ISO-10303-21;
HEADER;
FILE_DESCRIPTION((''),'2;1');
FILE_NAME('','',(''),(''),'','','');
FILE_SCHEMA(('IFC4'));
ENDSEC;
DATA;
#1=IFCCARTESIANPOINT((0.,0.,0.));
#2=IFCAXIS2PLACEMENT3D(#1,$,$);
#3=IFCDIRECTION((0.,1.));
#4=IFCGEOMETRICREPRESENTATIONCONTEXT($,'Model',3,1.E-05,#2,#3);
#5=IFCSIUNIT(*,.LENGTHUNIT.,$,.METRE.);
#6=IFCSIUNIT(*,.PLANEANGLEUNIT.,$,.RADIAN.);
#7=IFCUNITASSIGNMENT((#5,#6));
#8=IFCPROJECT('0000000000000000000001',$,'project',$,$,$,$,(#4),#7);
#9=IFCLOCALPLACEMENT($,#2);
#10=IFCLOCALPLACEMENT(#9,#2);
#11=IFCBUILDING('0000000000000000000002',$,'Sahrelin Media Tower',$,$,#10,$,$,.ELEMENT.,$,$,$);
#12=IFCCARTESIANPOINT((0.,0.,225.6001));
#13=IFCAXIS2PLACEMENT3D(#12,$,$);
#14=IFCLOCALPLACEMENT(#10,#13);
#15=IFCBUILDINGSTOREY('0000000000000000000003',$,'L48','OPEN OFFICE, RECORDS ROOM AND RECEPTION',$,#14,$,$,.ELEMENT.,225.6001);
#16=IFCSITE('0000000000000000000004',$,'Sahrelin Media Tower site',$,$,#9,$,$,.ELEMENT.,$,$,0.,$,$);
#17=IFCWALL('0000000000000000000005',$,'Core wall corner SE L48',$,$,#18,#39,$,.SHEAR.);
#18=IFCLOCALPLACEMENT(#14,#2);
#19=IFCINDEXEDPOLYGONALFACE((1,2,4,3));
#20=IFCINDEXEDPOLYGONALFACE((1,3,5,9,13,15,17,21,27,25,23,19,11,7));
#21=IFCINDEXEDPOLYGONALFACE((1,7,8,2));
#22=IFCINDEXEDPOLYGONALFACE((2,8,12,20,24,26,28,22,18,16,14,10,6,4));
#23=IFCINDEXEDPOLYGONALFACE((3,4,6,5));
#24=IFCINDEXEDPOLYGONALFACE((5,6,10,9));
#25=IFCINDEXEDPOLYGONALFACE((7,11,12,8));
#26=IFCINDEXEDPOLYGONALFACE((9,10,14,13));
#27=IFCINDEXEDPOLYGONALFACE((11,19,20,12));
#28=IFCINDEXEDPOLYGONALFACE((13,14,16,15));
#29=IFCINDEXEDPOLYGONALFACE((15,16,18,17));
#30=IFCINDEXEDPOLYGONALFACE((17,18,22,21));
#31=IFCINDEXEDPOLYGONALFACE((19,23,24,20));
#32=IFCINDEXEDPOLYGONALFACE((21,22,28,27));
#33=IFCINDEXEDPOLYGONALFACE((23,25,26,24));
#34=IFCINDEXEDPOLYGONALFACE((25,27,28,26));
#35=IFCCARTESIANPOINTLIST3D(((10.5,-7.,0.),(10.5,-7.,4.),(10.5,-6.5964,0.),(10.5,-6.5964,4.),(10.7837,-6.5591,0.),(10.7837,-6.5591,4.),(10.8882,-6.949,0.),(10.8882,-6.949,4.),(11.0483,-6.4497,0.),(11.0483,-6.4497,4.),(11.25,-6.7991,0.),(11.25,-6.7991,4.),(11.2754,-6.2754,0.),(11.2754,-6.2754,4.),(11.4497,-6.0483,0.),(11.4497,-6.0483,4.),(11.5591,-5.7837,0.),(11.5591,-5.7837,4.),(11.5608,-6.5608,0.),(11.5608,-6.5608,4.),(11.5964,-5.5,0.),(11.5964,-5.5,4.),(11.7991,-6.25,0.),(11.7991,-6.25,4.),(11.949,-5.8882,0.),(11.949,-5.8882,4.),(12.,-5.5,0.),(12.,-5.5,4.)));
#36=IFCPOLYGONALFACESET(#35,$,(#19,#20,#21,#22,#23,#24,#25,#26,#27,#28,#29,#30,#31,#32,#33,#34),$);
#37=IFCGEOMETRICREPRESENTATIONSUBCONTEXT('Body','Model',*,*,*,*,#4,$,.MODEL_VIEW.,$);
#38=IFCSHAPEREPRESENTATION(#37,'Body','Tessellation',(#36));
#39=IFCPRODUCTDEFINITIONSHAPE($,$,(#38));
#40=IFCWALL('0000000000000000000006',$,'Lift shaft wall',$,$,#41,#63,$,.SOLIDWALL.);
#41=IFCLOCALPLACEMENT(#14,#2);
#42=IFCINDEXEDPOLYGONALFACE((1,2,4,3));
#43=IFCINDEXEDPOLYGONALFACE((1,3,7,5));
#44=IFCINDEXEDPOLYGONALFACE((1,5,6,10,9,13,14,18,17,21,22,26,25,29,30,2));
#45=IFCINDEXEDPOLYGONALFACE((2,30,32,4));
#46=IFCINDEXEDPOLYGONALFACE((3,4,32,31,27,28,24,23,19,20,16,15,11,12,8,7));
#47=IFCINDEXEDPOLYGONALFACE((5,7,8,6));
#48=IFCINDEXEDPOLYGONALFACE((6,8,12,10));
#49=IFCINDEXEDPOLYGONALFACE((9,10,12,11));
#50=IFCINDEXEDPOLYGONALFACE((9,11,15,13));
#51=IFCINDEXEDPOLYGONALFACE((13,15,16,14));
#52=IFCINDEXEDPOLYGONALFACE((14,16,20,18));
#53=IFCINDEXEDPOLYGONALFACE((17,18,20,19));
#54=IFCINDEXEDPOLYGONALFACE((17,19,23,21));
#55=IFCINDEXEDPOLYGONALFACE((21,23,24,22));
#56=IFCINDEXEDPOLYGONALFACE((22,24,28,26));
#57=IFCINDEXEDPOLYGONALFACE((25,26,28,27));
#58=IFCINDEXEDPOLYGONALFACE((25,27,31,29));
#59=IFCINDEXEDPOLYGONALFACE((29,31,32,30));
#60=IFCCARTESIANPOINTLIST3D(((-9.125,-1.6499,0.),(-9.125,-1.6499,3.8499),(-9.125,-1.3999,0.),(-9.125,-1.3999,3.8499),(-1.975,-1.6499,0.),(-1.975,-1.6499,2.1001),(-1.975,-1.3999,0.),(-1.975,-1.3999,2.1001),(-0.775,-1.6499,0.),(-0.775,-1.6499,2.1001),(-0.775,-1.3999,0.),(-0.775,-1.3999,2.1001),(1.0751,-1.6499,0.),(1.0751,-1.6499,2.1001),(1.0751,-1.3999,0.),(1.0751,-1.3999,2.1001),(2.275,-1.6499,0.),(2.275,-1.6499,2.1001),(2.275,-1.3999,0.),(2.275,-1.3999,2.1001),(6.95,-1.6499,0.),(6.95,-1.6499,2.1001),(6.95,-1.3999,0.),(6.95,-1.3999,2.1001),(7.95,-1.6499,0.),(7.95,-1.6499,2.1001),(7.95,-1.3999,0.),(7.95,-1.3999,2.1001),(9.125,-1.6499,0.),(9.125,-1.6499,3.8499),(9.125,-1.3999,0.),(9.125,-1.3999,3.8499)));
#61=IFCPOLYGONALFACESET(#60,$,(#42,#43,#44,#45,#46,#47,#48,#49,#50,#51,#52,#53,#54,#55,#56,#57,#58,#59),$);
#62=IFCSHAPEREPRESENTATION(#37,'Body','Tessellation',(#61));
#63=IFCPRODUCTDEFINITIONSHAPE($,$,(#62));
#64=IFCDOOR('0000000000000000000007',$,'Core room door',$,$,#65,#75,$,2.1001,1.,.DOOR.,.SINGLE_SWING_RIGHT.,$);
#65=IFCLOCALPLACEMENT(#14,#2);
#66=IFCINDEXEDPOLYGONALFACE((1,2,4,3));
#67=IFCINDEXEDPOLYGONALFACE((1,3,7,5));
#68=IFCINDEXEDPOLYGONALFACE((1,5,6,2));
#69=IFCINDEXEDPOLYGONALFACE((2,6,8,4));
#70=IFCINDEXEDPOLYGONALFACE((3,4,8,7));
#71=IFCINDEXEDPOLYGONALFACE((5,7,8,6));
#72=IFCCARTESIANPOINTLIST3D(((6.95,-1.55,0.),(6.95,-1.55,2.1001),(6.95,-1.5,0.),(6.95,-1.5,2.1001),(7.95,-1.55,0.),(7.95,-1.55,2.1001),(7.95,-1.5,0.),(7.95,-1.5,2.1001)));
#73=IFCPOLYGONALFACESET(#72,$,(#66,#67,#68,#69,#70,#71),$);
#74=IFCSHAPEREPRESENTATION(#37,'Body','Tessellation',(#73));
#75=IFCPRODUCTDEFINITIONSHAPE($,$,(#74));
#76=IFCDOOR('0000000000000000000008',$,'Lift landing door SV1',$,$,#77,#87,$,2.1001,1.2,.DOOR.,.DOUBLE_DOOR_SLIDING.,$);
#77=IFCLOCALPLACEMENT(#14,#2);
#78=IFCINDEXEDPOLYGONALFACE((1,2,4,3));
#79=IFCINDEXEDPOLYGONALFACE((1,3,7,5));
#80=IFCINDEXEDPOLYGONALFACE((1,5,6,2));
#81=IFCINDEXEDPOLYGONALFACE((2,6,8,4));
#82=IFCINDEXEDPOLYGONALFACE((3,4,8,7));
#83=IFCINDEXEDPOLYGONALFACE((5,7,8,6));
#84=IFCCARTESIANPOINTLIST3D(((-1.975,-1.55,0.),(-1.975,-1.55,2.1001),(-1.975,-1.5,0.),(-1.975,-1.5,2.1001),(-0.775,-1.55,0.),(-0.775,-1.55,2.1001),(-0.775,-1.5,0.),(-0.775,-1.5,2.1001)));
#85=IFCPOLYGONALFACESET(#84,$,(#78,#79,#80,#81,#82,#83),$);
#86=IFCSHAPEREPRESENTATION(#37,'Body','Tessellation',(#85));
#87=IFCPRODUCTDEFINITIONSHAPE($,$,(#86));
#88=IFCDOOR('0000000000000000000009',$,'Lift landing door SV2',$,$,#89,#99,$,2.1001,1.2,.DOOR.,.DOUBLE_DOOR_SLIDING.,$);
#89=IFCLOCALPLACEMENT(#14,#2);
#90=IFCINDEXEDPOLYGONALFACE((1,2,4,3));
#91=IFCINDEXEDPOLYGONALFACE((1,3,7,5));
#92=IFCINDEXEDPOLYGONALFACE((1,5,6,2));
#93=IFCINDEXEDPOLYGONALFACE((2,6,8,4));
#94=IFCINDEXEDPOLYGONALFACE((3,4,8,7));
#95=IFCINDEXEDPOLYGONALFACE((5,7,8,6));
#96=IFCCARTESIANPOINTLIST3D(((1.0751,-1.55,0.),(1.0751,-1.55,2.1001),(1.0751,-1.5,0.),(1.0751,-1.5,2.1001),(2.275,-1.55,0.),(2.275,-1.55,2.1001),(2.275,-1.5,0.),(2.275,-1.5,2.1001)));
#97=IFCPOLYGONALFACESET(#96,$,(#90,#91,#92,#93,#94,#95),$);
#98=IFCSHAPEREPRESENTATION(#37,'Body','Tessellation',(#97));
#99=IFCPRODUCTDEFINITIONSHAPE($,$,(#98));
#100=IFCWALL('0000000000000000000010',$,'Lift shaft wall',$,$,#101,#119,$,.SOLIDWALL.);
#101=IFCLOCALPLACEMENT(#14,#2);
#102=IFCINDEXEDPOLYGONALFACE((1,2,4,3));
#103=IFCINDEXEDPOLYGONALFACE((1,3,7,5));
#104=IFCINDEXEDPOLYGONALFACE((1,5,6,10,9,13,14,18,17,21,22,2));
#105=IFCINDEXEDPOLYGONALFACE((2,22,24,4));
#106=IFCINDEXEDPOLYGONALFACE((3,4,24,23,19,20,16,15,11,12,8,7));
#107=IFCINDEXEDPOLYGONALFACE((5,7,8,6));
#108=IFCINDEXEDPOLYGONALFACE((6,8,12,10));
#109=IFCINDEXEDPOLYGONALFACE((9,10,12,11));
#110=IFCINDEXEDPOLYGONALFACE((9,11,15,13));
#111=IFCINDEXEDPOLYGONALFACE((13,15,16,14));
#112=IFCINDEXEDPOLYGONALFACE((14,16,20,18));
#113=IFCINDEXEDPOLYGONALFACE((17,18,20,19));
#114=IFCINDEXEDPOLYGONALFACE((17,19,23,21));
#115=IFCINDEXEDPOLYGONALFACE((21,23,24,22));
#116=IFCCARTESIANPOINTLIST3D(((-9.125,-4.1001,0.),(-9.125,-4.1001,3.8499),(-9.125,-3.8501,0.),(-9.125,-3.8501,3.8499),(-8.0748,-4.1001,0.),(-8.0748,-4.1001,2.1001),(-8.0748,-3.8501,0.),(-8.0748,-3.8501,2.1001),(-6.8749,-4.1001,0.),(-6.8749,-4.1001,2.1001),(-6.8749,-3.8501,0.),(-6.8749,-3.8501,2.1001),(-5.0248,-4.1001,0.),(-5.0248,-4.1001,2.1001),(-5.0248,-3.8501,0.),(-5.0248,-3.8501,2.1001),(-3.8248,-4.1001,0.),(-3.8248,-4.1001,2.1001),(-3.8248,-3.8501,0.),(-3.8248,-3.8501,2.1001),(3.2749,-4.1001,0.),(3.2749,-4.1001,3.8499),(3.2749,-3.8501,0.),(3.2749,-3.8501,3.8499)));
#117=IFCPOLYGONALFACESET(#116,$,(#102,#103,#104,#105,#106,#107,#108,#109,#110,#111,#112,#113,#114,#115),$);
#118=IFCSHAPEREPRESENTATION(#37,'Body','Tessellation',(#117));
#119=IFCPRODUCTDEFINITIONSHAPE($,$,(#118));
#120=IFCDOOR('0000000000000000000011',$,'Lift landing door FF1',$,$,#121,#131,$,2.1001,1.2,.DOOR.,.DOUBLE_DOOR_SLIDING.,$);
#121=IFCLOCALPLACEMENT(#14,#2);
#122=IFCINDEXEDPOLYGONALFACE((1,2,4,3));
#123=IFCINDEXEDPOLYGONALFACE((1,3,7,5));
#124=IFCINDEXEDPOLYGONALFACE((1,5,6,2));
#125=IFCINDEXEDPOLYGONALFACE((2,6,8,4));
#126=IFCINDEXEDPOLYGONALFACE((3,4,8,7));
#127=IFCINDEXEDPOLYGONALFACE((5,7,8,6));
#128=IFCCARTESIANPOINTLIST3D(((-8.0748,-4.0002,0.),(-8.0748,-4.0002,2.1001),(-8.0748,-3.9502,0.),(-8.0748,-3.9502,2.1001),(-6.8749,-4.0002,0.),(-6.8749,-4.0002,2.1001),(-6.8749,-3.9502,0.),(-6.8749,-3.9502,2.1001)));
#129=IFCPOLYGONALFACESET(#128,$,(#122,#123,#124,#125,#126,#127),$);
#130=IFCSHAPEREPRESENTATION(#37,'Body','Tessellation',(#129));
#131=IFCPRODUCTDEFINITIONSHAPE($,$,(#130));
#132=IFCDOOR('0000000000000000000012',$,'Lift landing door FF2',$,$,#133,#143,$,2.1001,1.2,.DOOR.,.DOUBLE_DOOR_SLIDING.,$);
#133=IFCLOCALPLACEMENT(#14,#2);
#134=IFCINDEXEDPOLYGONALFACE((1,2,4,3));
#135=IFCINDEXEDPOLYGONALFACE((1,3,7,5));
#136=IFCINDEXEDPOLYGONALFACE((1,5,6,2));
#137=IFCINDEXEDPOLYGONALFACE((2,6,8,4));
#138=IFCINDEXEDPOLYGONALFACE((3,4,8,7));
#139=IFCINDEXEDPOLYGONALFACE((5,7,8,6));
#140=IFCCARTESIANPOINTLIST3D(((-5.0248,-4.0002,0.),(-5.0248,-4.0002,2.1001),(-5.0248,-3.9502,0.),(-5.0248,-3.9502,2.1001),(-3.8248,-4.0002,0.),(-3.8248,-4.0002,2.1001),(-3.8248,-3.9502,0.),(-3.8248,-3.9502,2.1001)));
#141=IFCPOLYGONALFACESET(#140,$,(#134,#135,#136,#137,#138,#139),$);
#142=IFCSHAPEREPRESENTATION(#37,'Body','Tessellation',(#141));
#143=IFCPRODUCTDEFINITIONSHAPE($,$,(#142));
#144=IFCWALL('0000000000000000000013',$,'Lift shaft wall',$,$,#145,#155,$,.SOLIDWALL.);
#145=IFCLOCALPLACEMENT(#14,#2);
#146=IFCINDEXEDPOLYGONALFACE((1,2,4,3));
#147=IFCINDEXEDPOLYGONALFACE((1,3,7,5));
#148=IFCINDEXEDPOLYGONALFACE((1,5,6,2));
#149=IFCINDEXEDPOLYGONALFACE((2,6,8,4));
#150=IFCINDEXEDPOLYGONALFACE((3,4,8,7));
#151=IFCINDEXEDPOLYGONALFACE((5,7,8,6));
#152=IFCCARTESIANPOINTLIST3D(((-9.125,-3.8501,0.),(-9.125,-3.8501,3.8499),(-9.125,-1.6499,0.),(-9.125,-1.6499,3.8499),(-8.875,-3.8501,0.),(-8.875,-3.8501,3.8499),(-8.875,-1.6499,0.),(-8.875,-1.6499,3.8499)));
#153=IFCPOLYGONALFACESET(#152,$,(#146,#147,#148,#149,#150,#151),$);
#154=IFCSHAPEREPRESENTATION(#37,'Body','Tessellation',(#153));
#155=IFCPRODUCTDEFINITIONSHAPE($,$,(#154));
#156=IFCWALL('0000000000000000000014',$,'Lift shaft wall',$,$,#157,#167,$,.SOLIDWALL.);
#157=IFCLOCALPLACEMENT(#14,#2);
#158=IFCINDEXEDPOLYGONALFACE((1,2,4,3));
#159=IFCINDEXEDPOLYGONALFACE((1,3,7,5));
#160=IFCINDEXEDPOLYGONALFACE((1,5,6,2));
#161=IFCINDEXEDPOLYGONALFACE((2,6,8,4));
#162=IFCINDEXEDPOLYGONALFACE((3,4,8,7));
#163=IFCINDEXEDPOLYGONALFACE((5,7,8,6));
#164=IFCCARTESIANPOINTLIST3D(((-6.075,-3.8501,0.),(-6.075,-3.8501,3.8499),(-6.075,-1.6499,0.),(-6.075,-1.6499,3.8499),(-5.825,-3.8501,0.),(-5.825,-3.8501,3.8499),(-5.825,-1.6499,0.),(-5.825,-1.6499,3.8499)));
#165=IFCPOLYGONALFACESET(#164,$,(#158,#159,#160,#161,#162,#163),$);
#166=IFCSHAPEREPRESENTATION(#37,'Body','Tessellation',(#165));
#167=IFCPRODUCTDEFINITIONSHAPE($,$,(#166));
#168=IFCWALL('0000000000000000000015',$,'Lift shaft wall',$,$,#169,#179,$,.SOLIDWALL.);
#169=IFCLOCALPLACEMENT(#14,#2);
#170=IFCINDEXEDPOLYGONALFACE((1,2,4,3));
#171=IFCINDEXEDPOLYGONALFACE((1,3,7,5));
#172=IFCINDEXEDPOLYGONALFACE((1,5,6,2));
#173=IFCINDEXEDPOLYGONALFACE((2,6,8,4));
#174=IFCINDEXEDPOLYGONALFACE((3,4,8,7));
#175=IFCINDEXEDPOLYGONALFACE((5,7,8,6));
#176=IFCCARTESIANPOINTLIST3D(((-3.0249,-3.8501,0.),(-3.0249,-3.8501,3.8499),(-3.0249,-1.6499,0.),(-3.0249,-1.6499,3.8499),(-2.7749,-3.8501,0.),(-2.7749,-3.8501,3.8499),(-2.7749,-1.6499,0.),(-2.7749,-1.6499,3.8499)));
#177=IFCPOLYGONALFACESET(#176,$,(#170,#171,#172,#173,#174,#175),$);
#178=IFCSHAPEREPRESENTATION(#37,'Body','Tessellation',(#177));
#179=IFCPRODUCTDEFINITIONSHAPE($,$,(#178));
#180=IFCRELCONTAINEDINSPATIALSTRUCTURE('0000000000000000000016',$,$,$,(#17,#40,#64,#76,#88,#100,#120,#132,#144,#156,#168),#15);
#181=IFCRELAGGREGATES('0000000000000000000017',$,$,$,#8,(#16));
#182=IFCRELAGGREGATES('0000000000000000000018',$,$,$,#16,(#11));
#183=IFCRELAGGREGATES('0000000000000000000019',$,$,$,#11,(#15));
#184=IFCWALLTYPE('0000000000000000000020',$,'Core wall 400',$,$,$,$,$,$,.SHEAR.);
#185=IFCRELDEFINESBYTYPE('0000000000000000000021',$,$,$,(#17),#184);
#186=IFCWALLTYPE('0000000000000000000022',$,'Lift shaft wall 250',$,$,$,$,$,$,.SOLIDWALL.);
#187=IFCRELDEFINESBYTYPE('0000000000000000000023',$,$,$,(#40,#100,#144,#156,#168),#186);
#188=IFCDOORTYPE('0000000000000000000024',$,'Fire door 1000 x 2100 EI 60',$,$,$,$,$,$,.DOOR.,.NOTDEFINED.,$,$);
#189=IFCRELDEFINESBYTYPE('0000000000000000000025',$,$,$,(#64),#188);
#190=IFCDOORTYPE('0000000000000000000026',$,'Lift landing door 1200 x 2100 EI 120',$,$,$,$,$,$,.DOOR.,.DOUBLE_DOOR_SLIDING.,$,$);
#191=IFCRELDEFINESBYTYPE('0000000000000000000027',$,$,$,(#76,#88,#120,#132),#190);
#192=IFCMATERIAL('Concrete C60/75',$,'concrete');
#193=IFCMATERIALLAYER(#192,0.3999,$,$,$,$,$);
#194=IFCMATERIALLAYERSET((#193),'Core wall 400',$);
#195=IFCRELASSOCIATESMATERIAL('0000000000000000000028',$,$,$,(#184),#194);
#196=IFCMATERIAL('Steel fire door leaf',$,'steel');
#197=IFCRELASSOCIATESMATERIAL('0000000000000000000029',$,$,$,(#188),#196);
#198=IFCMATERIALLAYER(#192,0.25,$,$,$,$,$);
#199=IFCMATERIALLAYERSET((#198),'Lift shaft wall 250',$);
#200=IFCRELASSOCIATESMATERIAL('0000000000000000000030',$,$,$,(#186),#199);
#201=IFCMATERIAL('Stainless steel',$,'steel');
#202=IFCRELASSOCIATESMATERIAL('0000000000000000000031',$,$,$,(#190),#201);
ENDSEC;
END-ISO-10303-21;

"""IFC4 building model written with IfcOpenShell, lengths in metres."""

from ifc_helpers import new_model, si_unit, direction, frame, frame_2d, origin, place, context, subcontext, project, spatial, polyline, rectangle, outline, extrude, material, layer, layer_set, type_object, element, fill, save


model = new_model("IFC4")

# Units and contexts
model_context = context("Model", 3, precision=1e-05, world=origin(), true_north=direction((0.0, 1.0)))
body_context = subcontext(model_context, "Body", "Model", "MODEL_VIEW")
ifc_project = project(units=[si_unit("LENGTHUNIT", "METRE"), si_unit("PLANEANGLEUNIT", "RADIAN")], contexts=[model_context])

# Site, building, storey
site_placement = place(None, origin())
site = spatial("IfcSite", under=ifc_project, at=site_placement, Name="Sahrelin Media Tower site", CompositionType="ELEMENT", RefElevation=0.0)
building_placement = place(site_placement, origin())
building = spatial("IfcBuilding", under=site, at=building_placement, Name="Sahrelin Media Tower", CompositionType="ELEMENT")
storey_placement = place(building_placement, frame((0.0, 0.0, 225.6001)))
storey = spatial("IfcBuildingStorey", under=building, at=storey_placement, Name="L48", Description="OPEN OFFICE, RECORDS ROOM AND RECEPTION", CompositionType="ELEMENT", Elevation=225.6001)

# Shared definitions
placement_1 = place(storey_placement, origin())

# Shared definitions
ifc_material_1 = material(Name="Concrete C60/75", Category="concrete")
ifc_layer_1 = layer(ifc_material_1, 0.3999)
ifc_layer_set_1 = layer_set([ifc_layer_1], Name="Core wall 400")
wall_type_1 = type_object("IfcWallType", Name="Core wall 400", PredefinedType="SHEAR", material=ifc_layer_set_1)
ifc_material_2 = material(Name="Steel fire door leaf", Category="steel")
door_type_1 = type_object("IfcDoorType", Name="Fire door 1000 x 2100 EI 60", OperationType="NOTDEFINED", PredefinedType="DOOR", material=ifc_material_2)

# Wall
element("IfcWall", 1, at=placement_1, inside=storey, type_object=wall_type_1, Name="Core wall corner SE L48", PredefinedType="SHEAR", context=body_context, shape_type="SweptSolid", body=[
    extrude(outline(polyline([(12.0, -5.5), (11.5964, -5.5), (11.5591, -5.7837), (11.4497, -6.0483), (11.2754, -6.2754), (11.0483, -6.4497), (10.7837, -6.5591), (10.5, -6.5964), (10.5, -7.0), (10.8882, -6.949), (11.25, -6.7991), (11.5608, -6.5608), (11.7991, -6.25), (11.949, -5.8882), (12.0, -5.5)])), origin(), (0.0, 0.0, 1.0), 4.0),
])

# Walls, openings, doors
ifc_layer_2 = layer(ifc_material_1, 0.25)
ifc_layer_set_2 = layer_set([ifc_layer_2], Name="Lift shaft wall 250")
wall_type_2 = type_object("IfcWallType", Name="Lift shaft wall 250", PredefinedType="SOLIDWALL", material=ifc_layer_set_2)
wall_1_placement = place(storey_placement, frame((-9.125, -1.5249, 0.0), z_axis=(0.0, 0.0, 1.0), x_axis=(1.0, 0.0, 0.0)))
wall_1 = element("IfcWall", 2, at=wall_1_placement, inside=storey, type_object=wall_type_2, Name="Lift shaft wall", PredefinedType="SOLIDWALL", context=body_context, shape_type="SweptSolid", body=[
    extrude(rectangle(XDim=18.25, YDim=0.25, at=frame_2d((9.125, 0.0))), origin(), (0.0, 0.0, 1.0), 3.8499),
])
opening_1_placement = place(wall_1_placement, frame((7.1499, 0.0, 0.0)))
opening_1 = element("IfcOpeningElement", 3, at=opening_1_placement, cuts=wall_1, PredefinedType="OPENING", context=body_context, shape_type="SweptSolid", body=[
    extrude(rectangle(XDim=1.2, YDim=2.1001, at=frame_2d((0.6001, 1.05))), frame((0.0, 0.125, 0.0), z_axis=(0.0, -1.0, 0.0), x_axis=(1.0, 0.0, 0.0)), (0.0, 0.0, 1.0), 0.25),
])
opening_2_placement = place(wall_1_placement, frame((10.2, 0.0, 0.0)))
opening_2 = element("IfcOpeningElement", 4, at=opening_2_placement, cuts=wall_1, PredefinedType="OPENING", context=body_context, shape_type="SweptSolid", body=[
    extrude(rectangle(XDim=1.2, YDim=2.1001, at=frame_2d((0.6001, 1.05))), frame((0.0, 0.125, 0.0), z_axis=(0.0, -1.0, 0.0), x_axis=(1.0, 0.0, 0.0)), (0.0, 0.0, 1.0), 0.25),
])
opening_3_placement = place(wall_1_placement, frame((16.075, 0.0, 0.0)))
opening_3 = element("IfcOpeningElement", 5, at=opening_3_placement, cuts=wall_1, PredefinedType="OPENING", context=body_context, shape_type="SweptSolid", body=[
    extrude(rectangle(XDim=1.0, YDim=2.1001, at=frame_2d((0.5, 1.05))), frame((0.0, 0.125, 0.0), z_axis=(0.0, -1.0, 0.0), x_axis=(1.0, 0.0, 0.0)), (0.0, 0.0, 1.0), 0.25),
])
door_1_placement = place(opening_3_placement, origin())
door_1 = element("IfcDoor", 6, at=door_1_placement, inside=storey, type_object=door_type_1, Name="Core room door", OperationType="SINGLE_SWING_RIGHT", OverallHeight=2.1001, OverallWidth=1.0, PredefinedType="DOOR", context=body_context, shape_type="SweptSolid", body=[
    extrude(rectangle(XDim=1.0, YDim=2.1001, at=frame_2d((0.5, 1.05))), frame((0.0, 0.0249, 0.0), z_axis=(0.0, -1.0, 0.0), x_axis=(1.0, 0.0, 0.0)), (0.0, 0.0, 1.0), 0.05),
])
fill(opening_3, door_1)
ifc_material_3 = material(Name="Stainless steel", Category="steel")
door_type_2 = type_object("IfcDoorType", Name="Lift landing door 1200 x 2100 EI 120", OperationType="DOUBLE_DOOR_SLIDING", PredefinedType="DOOR", material=ifc_material_3)
door_2_placement = place(opening_1_placement, origin())
door_2 = element("IfcDoor", 7, at=door_2_placement, inside=storey, type_object=door_type_2, Name="Lift landing door SV1", OperationType="DOUBLE_DOOR_SLIDING", OverallHeight=2.1001, OverallWidth=1.2, PredefinedType="DOOR", context=body_context, shape_type="SweptSolid", body=[
    extrude(rectangle(XDim=1.2, YDim=2.1001, at=frame_2d((0.6001, 1.05))), frame((0.0, 0.0249, 0.0), z_axis=(0.0, -1.0, 0.0), x_axis=(1.0, 0.0, 0.0)), (0.0, 0.0, 1.0), 0.05),
])
fill(opening_1, door_2)
door_3_placement = place(opening_2_placement, origin())
door_3 = element("IfcDoor", 8, at=door_3_placement, inside=storey, type_object=door_type_2, Name="Lift landing door SV2", OperationType="DOUBLE_DOOR_SLIDING", OverallHeight=2.1001, OverallWidth=1.2, PredefinedType="DOOR", context=body_context, shape_type="SweptSolid", body=[
    extrude(rectangle(XDim=1.2, YDim=2.1001, at=frame_2d((0.6001, 1.05))), frame((0.0, 0.0249, 0.0), z_axis=(0.0, -1.0, 0.0), x_axis=(1.0, 0.0, 0.0)), (0.0, 0.0, 1.0), 0.05),
])
fill(opening_2, door_3)
wall_2_placement = place(storey_placement, frame((-9.125, -3.9751, 0.0), z_axis=(0.0, 0.0, 1.0), x_axis=(1.0, 0.0, 0.0)))
wall_2 = element("IfcWall", 9, at=wall_2_placement, inside=storey, type_object=wall_type_2, Name="Lift shaft wall", PredefinedType="SOLIDWALL", context=body_context, shape_type="SweptSolid", body=[
    extrude(rectangle(XDim=12.3999, YDim=0.25, at=frame_2d((6.2, 0.0))), origin(), (0.0, 0.0, 1.0), 3.8499),
])
opening_4_placement = place(wall_2_placement, frame((1.05, 0.0, 0.0)))
opening_4 = element("IfcOpeningElement", 10, at=opening_4_placement, cuts=wall_2, PredefinedType="OPENING", context=body_context, shape_type="SweptSolid", body=[
    extrude(rectangle(XDim=1.2, YDim=2.1001, at=frame_2d((0.6001, 1.05))), frame((0.0, 0.125, 0.0), z_axis=(0.0, -1.0, 0.0), x_axis=(1.0, 0.0, 0.0)), (0.0, 0.0, 1.0), 0.25),
])
opening_5_placement = place(wall_2_placement, frame((4.1001, 0.0, 0.0)))
opening_5 = element("IfcOpeningElement", 11, at=opening_5_placement, cuts=wall_2, PredefinedType="OPENING", context=body_context, shape_type="SweptSolid", body=[
    extrude(rectangle(XDim=1.2, YDim=2.1001, at=frame_2d((0.6001, 1.05))), frame((0.0, 0.125, 0.0), z_axis=(0.0, -1.0, 0.0), x_axis=(1.0, 0.0, 0.0)), (0.0, 0.0, 1.0), 0.25),
])
door_4_placement = place(opening_4_placement, origin())
door_4 = element("IfcDoor", 12, at=door_4_placement, inside=storey, type_object=door_type_2, Name="Lift landing door FF1", OperationType="DOUBLE_DOOR_SLIDING", OverallHeight=2.1001, OverallWidth=1.2, PredefinedType="DOOR", context=body_context, shape_type="SweptSolid", body=[
    extrude(rectangle(XDim=1.2, YDim=2.1001, at=frame_2d((0.6001, 1.05))), frame((0.0, 0.0249, 0.0), z_axis=(0.0, -1.0, 0.0), x_axis=(1.0, 0.0, 0.0)), (0.0, 0.0, 1.0), 0.05),
])
fill(opening_4, door_4)
door_5_placement = place(opening_5_placement, origin())
door_5 = element("IfcDoor", 13, at=door_5_placement, inside=storey, type_object=door_type_2, Name="Lift landing door FF2", OperationType="DOUBLE_DOOR_SLIDING", OverallHeight=2.1001, OverallWidth=1.2, PredefinedType="DOOR", context=body_context, shape_type="SweptSolid", body=[
    extrude(rectangle(XDim=1.2, YDim=2.1001, at=frame_2d((0.6001, 1.05))), frame((0.0, 0.0249, 0.0), z_axis=(0.0, -1.0, 0.0), x_axis=(1.0, 0.0, 0.0)), (0.0, 0.0, 1.0), 0.05),
])
fill(opening_5, door_5)

# Walls
for number, where, z_axis, x_axis, name in (
    (14, (-9.0, -3.8501, 0.0), (0.0, 0.0, 1.0), (0.0, 1.0, 0.0), "Lift shaft wall"),
    (15, (-5.95, -3.8501, 0.0), (0.0, 0.0, 1.0), (0.0, 1.0, 0.0), "Lift shaft wall"),
    (16, (-2.8999, -3.8501, 0.0), (0.0, 0.0, 1.0), (0.0, 1.0, 0.0), "Lift shaft wall"),
):
    element("IfcWall", number, at=place(storey_placement, frame(where, z_axis=z_axis, x_axis=x_axis)), inside=storey, type_object=wall_type_2, Name=name, PredefinedType="SOLIDWALL", context=body_context, shape_type="SweptSolid", body=[
        extrude(rectangle(XDim=2.2002, YDim=0.25, at=frame_2d((1.1001, 0.0))), origin(), (0.0, 0.0, 1.0), 3.8499),
    ])

save(model, "model.ifc")
